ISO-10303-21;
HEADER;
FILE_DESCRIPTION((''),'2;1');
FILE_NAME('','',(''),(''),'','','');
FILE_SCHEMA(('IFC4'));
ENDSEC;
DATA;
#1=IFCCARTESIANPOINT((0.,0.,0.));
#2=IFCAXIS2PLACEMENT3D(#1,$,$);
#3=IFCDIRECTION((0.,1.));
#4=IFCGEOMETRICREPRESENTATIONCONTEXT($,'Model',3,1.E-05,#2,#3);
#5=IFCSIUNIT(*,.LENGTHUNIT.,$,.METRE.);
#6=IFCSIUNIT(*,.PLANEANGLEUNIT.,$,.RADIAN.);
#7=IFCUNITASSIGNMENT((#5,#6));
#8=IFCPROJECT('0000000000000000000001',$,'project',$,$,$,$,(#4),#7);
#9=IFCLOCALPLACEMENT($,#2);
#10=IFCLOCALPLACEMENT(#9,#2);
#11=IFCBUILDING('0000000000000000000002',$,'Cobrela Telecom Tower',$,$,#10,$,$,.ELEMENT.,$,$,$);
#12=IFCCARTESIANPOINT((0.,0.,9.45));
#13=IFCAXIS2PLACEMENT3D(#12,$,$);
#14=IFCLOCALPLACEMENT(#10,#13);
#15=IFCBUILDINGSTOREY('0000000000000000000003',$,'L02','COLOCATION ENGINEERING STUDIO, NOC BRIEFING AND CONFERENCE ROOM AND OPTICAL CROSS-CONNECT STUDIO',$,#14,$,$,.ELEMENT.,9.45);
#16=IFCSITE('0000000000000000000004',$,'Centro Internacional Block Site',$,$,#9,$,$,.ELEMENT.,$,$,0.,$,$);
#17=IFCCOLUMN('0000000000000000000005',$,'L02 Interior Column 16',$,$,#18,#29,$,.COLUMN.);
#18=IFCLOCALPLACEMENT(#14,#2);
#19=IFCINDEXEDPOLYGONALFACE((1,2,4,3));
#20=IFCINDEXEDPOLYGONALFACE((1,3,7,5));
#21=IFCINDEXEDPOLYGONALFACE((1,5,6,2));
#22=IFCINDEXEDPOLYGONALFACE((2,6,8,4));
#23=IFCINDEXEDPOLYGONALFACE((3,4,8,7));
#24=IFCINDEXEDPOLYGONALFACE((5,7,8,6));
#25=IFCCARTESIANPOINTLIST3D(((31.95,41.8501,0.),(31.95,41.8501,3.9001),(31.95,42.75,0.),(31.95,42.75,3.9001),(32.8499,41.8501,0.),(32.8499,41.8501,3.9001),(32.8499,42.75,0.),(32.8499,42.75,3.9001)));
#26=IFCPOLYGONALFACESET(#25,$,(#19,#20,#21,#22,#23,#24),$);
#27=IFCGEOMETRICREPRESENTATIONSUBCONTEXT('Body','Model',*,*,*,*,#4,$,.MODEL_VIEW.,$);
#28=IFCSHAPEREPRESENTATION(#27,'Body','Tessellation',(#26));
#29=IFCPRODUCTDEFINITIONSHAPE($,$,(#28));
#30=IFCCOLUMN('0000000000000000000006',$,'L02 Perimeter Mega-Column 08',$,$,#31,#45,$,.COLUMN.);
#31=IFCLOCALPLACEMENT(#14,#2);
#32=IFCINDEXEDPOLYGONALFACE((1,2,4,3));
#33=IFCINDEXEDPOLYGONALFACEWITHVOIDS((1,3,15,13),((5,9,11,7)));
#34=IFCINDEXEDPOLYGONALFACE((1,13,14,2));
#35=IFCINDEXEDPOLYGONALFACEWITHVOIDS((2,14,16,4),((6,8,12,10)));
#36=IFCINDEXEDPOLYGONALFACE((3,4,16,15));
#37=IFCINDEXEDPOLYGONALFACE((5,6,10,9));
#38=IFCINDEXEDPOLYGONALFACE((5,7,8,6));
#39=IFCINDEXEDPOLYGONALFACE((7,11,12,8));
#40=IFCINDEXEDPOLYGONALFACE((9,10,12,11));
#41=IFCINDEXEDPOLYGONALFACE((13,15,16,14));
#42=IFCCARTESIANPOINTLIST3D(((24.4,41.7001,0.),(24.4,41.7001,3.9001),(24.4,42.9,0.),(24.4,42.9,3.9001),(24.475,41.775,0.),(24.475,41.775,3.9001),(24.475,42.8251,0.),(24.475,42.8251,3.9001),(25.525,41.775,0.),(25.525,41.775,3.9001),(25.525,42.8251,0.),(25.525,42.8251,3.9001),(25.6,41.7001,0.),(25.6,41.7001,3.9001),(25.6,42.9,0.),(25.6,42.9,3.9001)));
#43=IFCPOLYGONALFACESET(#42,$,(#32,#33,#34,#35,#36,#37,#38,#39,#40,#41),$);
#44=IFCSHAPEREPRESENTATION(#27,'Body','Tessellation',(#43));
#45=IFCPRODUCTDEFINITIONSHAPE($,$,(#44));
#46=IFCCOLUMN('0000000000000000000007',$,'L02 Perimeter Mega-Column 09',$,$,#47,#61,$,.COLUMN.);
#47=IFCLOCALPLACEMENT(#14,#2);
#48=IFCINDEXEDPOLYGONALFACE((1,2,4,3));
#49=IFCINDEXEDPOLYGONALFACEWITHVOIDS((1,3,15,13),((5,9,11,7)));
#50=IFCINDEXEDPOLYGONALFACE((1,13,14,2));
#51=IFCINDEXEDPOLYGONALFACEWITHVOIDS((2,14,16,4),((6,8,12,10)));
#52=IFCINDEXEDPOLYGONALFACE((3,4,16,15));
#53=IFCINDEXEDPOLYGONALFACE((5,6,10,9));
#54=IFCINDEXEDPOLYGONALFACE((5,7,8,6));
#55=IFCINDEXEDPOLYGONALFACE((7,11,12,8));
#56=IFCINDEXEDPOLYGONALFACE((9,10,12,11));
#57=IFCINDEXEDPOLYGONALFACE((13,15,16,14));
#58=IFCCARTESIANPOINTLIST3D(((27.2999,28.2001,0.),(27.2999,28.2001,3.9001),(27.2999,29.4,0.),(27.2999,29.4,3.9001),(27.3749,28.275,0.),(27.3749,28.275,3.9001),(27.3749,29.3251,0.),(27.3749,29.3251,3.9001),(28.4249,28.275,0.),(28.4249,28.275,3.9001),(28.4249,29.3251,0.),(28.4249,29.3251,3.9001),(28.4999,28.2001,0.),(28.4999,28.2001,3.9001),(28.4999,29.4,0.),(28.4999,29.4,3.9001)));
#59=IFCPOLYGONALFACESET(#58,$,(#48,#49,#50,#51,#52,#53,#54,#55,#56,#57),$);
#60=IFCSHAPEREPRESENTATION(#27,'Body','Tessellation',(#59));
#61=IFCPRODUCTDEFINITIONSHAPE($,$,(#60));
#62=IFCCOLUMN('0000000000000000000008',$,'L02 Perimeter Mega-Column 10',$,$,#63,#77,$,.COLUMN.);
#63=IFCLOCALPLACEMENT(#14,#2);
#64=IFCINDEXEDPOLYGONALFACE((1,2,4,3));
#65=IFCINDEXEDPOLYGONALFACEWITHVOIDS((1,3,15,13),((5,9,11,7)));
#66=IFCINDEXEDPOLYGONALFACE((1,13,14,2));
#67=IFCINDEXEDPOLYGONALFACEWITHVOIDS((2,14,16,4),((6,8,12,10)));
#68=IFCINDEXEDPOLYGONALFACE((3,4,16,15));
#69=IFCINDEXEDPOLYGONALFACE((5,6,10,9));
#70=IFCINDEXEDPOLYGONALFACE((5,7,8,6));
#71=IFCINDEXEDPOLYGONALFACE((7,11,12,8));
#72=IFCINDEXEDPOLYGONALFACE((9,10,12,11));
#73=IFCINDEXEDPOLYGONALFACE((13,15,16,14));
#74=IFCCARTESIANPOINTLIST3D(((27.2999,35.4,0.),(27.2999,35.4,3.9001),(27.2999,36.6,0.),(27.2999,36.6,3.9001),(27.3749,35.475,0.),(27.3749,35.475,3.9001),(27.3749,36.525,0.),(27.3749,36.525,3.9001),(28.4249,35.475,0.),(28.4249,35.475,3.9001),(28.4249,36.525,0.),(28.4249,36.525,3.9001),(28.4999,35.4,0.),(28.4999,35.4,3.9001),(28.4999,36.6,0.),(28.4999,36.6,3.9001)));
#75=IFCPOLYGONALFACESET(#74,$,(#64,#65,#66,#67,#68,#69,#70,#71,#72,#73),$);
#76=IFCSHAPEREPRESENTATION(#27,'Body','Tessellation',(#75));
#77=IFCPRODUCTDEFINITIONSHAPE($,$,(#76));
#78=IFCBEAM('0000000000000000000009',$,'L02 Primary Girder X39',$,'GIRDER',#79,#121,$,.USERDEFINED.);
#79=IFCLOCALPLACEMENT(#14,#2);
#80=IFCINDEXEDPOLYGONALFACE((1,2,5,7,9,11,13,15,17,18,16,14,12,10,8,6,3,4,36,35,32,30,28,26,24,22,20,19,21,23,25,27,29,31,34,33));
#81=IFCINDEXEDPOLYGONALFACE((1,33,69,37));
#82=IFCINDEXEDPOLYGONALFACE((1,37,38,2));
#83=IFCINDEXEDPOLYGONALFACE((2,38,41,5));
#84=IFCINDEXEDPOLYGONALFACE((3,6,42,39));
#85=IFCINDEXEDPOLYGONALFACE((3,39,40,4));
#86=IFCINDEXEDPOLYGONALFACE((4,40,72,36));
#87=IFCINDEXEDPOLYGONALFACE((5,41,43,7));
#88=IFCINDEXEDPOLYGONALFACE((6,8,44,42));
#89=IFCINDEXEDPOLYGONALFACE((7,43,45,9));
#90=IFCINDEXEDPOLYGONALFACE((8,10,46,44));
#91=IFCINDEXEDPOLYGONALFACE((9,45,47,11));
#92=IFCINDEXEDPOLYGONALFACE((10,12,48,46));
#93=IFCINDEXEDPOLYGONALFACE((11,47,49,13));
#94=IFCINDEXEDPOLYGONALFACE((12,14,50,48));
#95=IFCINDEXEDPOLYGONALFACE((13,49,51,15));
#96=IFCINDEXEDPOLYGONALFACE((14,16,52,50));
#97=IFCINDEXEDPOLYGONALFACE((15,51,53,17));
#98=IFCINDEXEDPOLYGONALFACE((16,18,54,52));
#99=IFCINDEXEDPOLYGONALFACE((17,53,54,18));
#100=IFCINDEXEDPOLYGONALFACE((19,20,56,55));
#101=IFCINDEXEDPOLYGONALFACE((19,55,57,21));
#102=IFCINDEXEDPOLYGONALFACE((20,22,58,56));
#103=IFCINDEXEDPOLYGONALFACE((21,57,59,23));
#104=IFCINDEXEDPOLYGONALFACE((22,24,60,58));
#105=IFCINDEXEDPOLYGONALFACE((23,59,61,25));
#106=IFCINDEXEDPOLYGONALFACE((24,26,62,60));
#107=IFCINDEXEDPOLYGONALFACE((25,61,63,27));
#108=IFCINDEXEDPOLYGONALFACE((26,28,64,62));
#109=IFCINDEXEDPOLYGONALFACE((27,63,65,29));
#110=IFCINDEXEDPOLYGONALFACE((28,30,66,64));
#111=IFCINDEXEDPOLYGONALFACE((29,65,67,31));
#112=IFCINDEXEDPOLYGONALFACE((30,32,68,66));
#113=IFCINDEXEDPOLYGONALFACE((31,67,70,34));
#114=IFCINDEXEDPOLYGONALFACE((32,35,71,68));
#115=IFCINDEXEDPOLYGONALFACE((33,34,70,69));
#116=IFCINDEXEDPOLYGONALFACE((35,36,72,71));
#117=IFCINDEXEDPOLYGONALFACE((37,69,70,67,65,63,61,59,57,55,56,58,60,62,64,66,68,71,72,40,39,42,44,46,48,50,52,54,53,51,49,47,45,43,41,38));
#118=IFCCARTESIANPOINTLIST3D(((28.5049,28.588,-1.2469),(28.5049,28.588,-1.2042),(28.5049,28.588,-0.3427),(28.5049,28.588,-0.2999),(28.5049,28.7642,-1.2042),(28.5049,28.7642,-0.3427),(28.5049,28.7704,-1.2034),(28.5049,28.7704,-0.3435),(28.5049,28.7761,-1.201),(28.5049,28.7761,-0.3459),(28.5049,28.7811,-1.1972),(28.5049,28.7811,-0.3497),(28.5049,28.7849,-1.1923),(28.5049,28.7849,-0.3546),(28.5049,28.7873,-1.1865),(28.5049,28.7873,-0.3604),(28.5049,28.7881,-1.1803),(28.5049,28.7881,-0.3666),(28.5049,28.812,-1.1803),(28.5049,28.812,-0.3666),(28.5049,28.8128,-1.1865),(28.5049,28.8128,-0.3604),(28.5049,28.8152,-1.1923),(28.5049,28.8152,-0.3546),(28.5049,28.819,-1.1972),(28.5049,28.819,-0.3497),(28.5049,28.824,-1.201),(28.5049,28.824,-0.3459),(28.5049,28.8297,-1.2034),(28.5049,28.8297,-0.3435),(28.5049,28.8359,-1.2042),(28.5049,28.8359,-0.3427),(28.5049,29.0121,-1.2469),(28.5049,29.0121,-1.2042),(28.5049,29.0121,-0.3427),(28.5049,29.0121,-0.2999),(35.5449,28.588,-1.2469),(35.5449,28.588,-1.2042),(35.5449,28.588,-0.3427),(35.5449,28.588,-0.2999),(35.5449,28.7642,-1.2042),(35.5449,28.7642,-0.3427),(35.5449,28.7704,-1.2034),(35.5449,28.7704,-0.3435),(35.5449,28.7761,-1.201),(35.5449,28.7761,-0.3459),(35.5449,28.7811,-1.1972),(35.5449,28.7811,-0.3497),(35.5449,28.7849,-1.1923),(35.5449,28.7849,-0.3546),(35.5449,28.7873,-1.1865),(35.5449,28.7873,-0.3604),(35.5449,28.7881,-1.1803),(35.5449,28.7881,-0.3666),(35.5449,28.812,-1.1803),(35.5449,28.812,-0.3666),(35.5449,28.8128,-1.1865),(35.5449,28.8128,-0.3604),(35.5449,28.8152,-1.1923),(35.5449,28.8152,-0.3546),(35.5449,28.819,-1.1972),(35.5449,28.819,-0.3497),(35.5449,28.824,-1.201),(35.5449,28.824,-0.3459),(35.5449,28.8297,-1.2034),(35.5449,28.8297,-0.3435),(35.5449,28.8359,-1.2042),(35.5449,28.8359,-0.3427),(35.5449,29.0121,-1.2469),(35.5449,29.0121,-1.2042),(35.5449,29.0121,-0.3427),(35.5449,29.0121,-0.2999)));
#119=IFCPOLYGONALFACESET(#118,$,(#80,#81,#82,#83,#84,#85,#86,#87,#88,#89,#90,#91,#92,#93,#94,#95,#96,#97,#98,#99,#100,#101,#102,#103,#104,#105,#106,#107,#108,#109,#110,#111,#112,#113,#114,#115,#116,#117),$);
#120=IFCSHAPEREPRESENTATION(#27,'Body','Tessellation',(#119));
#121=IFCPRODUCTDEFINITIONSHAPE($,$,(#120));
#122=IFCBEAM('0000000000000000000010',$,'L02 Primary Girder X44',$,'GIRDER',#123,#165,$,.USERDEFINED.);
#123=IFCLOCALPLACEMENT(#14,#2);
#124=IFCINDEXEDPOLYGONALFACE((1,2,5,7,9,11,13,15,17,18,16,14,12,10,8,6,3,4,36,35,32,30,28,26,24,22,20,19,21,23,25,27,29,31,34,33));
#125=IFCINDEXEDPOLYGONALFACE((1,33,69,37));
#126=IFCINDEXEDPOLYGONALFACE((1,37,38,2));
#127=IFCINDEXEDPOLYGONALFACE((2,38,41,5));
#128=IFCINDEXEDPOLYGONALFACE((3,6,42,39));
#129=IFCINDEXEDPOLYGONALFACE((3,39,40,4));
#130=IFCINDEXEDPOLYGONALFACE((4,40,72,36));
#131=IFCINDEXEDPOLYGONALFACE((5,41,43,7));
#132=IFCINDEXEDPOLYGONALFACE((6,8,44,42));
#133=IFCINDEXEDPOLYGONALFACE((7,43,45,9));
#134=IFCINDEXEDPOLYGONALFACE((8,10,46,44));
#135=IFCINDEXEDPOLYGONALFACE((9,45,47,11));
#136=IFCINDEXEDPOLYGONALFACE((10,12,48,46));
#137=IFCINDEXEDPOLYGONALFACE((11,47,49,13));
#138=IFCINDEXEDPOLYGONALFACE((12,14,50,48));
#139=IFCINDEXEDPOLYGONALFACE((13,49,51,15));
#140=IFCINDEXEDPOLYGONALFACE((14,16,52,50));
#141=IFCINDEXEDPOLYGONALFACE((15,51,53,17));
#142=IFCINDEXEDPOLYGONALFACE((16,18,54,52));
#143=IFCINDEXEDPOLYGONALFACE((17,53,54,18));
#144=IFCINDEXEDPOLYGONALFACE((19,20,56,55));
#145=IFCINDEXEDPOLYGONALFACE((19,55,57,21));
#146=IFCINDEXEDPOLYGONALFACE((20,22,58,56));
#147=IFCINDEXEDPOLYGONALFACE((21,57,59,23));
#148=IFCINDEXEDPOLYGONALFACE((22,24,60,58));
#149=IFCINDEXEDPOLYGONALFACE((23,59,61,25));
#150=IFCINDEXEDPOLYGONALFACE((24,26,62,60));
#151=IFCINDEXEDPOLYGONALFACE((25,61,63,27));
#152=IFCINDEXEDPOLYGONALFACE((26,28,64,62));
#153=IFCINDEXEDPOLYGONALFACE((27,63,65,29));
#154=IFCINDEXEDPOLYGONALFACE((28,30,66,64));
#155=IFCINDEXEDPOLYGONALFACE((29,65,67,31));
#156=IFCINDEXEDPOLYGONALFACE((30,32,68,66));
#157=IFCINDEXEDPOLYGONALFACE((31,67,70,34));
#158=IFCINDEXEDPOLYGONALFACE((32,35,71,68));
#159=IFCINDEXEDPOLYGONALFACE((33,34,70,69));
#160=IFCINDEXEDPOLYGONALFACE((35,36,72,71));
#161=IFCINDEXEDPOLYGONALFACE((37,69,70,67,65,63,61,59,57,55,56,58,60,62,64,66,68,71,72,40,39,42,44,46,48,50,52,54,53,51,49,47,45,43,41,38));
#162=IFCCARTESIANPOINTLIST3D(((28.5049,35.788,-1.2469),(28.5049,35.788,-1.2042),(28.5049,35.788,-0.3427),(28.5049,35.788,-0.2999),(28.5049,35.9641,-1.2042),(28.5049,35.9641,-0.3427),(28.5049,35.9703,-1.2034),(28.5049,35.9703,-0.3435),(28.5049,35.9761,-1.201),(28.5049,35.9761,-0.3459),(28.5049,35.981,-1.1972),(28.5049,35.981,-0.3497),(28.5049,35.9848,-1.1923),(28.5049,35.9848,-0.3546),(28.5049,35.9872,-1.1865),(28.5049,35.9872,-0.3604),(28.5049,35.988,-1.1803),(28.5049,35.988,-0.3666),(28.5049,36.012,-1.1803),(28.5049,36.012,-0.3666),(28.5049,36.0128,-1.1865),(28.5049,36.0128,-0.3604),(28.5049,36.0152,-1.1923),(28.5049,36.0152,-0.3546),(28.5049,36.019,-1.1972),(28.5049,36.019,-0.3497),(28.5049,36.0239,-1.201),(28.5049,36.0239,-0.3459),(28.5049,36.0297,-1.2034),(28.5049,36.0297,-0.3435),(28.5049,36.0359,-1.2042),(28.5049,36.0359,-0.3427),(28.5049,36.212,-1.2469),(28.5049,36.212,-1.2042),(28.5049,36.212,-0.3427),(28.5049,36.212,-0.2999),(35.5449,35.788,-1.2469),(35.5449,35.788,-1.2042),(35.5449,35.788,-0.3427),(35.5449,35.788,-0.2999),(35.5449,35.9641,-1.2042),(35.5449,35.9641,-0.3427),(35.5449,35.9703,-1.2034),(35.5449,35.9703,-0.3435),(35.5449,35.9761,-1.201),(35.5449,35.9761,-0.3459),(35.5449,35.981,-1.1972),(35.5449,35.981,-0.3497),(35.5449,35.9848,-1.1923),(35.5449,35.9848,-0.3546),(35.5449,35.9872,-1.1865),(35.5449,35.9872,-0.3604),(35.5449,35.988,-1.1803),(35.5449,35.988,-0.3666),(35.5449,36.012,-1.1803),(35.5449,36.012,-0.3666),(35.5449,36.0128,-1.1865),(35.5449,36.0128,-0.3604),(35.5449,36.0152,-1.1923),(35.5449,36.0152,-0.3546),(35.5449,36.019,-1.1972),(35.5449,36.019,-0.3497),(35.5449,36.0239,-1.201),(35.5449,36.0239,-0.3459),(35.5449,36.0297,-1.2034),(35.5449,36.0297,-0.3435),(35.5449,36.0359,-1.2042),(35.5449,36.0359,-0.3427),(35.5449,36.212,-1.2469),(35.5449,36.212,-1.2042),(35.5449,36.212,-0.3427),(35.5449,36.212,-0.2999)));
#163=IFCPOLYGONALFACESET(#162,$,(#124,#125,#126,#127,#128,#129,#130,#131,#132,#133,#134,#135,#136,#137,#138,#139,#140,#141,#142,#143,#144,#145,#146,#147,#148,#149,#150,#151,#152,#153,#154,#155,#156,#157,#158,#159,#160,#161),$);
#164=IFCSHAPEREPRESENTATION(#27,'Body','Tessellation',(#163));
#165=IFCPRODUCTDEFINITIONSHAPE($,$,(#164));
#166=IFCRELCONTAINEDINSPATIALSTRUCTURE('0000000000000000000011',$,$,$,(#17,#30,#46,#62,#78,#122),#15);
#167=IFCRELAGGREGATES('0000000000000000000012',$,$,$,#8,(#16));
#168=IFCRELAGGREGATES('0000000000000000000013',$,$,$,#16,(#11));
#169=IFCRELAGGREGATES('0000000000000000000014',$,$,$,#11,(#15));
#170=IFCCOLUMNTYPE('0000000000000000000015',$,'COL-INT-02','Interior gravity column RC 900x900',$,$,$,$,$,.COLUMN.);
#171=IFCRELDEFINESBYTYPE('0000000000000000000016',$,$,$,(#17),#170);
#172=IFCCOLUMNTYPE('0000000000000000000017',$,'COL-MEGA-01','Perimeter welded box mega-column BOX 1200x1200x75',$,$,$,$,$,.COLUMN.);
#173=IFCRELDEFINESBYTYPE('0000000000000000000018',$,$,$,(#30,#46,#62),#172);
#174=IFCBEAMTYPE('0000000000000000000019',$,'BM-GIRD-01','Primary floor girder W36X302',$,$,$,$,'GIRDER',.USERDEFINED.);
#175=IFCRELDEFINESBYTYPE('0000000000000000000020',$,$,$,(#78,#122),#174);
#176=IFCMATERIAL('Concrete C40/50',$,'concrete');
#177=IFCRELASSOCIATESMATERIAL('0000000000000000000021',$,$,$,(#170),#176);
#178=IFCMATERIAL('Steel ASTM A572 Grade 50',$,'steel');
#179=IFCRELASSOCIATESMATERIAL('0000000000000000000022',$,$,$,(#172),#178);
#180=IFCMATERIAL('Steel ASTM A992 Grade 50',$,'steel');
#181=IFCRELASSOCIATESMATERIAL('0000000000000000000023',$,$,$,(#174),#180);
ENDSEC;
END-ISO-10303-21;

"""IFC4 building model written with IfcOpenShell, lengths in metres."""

from ifc_helpers import new_model, si_unit, direction, frame, origin, origin_2d, place, context, subcontext, project, spatial, rectangle, hollow_rectangle, i_section, extrude, material, material_profile, profile_set, type_object, element, save


model = new_model("IFC4")

# Units and contexts
model_context = context("Model", 3, precision=1e-05, world=origin(), true_north=direction((0.0, 1.0)))
body_context = subcontext(model_context, "Body", "Model", "MODEL_VIEW")
ifc_project = project(units=[si_unit("LENGTHUNIT", "METRE"), si_unit("PLANEANGLEUNIT", "RADIAN")], contexts=[model_context])

# Site, building, storey
site_placement = place(None, origin())
site = spatial("IfcSite", under=ifc_project, at=site_placement, Name="Centro Internacional Block Site", CompositionType="ELEMENT", RefElevation=0.0)
building_placement = place(site_placement, origin())
building = spatial("IfcBuilding", under=site, at=building_placement, Name="Cobrela Telecom Tower", CompositionType="ELEMENT")
storey_placement = place(building_placement, frame((0.0, 0.0, 9.45)))
storey = spatial("IfcBuildingStorey", under=building, at=storey_placement, Name="L02", Description="COLOCATION ENGINEERING STUDIO, NOC BRIEFING AND CONFERENCE ROOM AND OPTICAL CROSS-CONNECT STUDIO", CompositionType="ELEMENT", Elevation=9.45)

# Columns
ifc_material_1 = material(Name="Concrete C40/50", Category="concrete")
ifc_material_profile_1 = material_profile(ifc_material_1, rectangle(XDim=0.8999, YDim=0.8999, at=origin_2d()), Name="RC 900x900")
ifc_profile_set_1 = profile_set([ifc_material_profile_1], Name="Concrete C40/50")
column_type_1 = type_object("IfcColumnType", Name="COL-INT-02", Description="Interior gravity column RC 900x900", PredefinedType="COLUMN", material=ifc_profile_set_1)
column_placement = place(storey_placement, frame((32.3999, 42.3, 0.0), z_axis=(0.0, 0.0, 1.0), x_axis=(1.0, 0.0, 0.0)))
element("IfcColumn", 1, at=column_placement, inside=storey, type_object=column_type_1, Name="L02 Interior Column 16", PredefinedType="COLUMN", context=body_context, shape_type="SweptSolid", body=[
    extrude(rectangle(XDim=0.8999, YDim=0.8999, at=origin_2d()), origin(), (0.0, 0.0, 1.0), 3.9001),
])
ifc_material_2 = material(Name="Steel ASTM A572 Grade 50", Category="steel")
ifc_material_profile_2 = material_profile(ifc_material_2, hollow_rectangle(XDim=1.2, YDim=1.2, WallThickness=0.075, at=origin_2d()), Name="BOX 1200x1200x75")
ifc_profile_set_2 = profile_set([ifc_material_profile_2], Name="Steel ASTM A572 Grade 50")
column_type_2 = type_object("IfcColumnType", Name="COL-MEGA-01", Description="Perimeter welded box mega-column BOX 1200x1200x75", PredefinedType="COLUMN", material=ifc_profile_set_2)
for number, where, z_axis, x_axis, name in (
    (2, (25.0, 42.3, 0.0), (0.0, 0.0, 1.0), (1.0, 0.0, 0.0), "L02 Perimeter Mega-Column 08"),
    (3, (27.8999, 28.8, 0.0), (0.0, 0.0, 1.0), (1.0, 0.0, 0.0), "L02 Perimeter Mega-Column 09"),
    (4, (27.8999, 36.0, 0.0), (0.0, 0.0, 1.0), (1.0, 0.0, 0.0), "L02 Perimeter Mega-Column 10"),
):
    element("IfcColumn", number, at=place(storey_placement, frame(where, z_axis=z_axis, x_axis=x_axis)), inside=storey, type_object=column_type_2, Name=name, PredefinedType="COLUMN", context=body_context, shape_type="SweptSolid", body=[
        extrude(hollow_rectangle(XDim=1.2, YDim=1.2, WallThickness=0.075, at=origin_2d()), origin(), (0.0, 0.0, 1.0), 3.9001),
    ])

# Beams
ifc_material_3 = material(Name="Steel ASTM A992 Grade 50", Category="steel")
ifc_material_profile_3 = material_profile(ifc_material_3, i_section(OverallWidth=0.4241, OverallDepth=0.947, WebThickness=0.0239, FlangeThickness=0.0427, FilletRadius=0.0239, at=origin_2d()), Name="W36X302")
ifc_profile_set_3 = profile_set([ifc_material_profile_3], Name="Steel ASTM A992 Grade 50")
beam_type_1 = type_object("IfcBeamType", Name="BM-GIRD-01", Description="Primary floor girder W36X302", ElementType="GIRDER", PredefinedType="USERDEFINED", material=ifc_profile_set_3)
for number, where, z_axis, x_axis, name in (
    (5, (28.5049, 28.8, -0.7734), (1.0, 0.0, 0.0), (0.0, 1.0, 0.0), "L02 Primary Girder X39"),
    (6, (28.5049, 36.0, -0.7734), (1.0, 0.0, 0.0), (0.0, 1.0, 0.0), "L02 Primary Girder X44"),
):
    element("IfcBeam", number, at=place(storey_placement, frame(where, z_axis=z_axis, x_axis=x_axis)), inside=storey, type_object=beam_type_1, Name=name, ObjectType="GIRDER", PredefinedType="USERDEFINED", context=body_context, shape_type="SweptSolid", body=[
        extrude(i_section(OverallWidth=0.4241, OverallDepth=0.947, WebThickness=0.0239, FlangeThickness=0.0427, FilletRadius=0.0239, at=origin_2d()), origin(), (0.0, 0.0, 1.0), 7.04),
    ])

save(model, "model.ifc")
